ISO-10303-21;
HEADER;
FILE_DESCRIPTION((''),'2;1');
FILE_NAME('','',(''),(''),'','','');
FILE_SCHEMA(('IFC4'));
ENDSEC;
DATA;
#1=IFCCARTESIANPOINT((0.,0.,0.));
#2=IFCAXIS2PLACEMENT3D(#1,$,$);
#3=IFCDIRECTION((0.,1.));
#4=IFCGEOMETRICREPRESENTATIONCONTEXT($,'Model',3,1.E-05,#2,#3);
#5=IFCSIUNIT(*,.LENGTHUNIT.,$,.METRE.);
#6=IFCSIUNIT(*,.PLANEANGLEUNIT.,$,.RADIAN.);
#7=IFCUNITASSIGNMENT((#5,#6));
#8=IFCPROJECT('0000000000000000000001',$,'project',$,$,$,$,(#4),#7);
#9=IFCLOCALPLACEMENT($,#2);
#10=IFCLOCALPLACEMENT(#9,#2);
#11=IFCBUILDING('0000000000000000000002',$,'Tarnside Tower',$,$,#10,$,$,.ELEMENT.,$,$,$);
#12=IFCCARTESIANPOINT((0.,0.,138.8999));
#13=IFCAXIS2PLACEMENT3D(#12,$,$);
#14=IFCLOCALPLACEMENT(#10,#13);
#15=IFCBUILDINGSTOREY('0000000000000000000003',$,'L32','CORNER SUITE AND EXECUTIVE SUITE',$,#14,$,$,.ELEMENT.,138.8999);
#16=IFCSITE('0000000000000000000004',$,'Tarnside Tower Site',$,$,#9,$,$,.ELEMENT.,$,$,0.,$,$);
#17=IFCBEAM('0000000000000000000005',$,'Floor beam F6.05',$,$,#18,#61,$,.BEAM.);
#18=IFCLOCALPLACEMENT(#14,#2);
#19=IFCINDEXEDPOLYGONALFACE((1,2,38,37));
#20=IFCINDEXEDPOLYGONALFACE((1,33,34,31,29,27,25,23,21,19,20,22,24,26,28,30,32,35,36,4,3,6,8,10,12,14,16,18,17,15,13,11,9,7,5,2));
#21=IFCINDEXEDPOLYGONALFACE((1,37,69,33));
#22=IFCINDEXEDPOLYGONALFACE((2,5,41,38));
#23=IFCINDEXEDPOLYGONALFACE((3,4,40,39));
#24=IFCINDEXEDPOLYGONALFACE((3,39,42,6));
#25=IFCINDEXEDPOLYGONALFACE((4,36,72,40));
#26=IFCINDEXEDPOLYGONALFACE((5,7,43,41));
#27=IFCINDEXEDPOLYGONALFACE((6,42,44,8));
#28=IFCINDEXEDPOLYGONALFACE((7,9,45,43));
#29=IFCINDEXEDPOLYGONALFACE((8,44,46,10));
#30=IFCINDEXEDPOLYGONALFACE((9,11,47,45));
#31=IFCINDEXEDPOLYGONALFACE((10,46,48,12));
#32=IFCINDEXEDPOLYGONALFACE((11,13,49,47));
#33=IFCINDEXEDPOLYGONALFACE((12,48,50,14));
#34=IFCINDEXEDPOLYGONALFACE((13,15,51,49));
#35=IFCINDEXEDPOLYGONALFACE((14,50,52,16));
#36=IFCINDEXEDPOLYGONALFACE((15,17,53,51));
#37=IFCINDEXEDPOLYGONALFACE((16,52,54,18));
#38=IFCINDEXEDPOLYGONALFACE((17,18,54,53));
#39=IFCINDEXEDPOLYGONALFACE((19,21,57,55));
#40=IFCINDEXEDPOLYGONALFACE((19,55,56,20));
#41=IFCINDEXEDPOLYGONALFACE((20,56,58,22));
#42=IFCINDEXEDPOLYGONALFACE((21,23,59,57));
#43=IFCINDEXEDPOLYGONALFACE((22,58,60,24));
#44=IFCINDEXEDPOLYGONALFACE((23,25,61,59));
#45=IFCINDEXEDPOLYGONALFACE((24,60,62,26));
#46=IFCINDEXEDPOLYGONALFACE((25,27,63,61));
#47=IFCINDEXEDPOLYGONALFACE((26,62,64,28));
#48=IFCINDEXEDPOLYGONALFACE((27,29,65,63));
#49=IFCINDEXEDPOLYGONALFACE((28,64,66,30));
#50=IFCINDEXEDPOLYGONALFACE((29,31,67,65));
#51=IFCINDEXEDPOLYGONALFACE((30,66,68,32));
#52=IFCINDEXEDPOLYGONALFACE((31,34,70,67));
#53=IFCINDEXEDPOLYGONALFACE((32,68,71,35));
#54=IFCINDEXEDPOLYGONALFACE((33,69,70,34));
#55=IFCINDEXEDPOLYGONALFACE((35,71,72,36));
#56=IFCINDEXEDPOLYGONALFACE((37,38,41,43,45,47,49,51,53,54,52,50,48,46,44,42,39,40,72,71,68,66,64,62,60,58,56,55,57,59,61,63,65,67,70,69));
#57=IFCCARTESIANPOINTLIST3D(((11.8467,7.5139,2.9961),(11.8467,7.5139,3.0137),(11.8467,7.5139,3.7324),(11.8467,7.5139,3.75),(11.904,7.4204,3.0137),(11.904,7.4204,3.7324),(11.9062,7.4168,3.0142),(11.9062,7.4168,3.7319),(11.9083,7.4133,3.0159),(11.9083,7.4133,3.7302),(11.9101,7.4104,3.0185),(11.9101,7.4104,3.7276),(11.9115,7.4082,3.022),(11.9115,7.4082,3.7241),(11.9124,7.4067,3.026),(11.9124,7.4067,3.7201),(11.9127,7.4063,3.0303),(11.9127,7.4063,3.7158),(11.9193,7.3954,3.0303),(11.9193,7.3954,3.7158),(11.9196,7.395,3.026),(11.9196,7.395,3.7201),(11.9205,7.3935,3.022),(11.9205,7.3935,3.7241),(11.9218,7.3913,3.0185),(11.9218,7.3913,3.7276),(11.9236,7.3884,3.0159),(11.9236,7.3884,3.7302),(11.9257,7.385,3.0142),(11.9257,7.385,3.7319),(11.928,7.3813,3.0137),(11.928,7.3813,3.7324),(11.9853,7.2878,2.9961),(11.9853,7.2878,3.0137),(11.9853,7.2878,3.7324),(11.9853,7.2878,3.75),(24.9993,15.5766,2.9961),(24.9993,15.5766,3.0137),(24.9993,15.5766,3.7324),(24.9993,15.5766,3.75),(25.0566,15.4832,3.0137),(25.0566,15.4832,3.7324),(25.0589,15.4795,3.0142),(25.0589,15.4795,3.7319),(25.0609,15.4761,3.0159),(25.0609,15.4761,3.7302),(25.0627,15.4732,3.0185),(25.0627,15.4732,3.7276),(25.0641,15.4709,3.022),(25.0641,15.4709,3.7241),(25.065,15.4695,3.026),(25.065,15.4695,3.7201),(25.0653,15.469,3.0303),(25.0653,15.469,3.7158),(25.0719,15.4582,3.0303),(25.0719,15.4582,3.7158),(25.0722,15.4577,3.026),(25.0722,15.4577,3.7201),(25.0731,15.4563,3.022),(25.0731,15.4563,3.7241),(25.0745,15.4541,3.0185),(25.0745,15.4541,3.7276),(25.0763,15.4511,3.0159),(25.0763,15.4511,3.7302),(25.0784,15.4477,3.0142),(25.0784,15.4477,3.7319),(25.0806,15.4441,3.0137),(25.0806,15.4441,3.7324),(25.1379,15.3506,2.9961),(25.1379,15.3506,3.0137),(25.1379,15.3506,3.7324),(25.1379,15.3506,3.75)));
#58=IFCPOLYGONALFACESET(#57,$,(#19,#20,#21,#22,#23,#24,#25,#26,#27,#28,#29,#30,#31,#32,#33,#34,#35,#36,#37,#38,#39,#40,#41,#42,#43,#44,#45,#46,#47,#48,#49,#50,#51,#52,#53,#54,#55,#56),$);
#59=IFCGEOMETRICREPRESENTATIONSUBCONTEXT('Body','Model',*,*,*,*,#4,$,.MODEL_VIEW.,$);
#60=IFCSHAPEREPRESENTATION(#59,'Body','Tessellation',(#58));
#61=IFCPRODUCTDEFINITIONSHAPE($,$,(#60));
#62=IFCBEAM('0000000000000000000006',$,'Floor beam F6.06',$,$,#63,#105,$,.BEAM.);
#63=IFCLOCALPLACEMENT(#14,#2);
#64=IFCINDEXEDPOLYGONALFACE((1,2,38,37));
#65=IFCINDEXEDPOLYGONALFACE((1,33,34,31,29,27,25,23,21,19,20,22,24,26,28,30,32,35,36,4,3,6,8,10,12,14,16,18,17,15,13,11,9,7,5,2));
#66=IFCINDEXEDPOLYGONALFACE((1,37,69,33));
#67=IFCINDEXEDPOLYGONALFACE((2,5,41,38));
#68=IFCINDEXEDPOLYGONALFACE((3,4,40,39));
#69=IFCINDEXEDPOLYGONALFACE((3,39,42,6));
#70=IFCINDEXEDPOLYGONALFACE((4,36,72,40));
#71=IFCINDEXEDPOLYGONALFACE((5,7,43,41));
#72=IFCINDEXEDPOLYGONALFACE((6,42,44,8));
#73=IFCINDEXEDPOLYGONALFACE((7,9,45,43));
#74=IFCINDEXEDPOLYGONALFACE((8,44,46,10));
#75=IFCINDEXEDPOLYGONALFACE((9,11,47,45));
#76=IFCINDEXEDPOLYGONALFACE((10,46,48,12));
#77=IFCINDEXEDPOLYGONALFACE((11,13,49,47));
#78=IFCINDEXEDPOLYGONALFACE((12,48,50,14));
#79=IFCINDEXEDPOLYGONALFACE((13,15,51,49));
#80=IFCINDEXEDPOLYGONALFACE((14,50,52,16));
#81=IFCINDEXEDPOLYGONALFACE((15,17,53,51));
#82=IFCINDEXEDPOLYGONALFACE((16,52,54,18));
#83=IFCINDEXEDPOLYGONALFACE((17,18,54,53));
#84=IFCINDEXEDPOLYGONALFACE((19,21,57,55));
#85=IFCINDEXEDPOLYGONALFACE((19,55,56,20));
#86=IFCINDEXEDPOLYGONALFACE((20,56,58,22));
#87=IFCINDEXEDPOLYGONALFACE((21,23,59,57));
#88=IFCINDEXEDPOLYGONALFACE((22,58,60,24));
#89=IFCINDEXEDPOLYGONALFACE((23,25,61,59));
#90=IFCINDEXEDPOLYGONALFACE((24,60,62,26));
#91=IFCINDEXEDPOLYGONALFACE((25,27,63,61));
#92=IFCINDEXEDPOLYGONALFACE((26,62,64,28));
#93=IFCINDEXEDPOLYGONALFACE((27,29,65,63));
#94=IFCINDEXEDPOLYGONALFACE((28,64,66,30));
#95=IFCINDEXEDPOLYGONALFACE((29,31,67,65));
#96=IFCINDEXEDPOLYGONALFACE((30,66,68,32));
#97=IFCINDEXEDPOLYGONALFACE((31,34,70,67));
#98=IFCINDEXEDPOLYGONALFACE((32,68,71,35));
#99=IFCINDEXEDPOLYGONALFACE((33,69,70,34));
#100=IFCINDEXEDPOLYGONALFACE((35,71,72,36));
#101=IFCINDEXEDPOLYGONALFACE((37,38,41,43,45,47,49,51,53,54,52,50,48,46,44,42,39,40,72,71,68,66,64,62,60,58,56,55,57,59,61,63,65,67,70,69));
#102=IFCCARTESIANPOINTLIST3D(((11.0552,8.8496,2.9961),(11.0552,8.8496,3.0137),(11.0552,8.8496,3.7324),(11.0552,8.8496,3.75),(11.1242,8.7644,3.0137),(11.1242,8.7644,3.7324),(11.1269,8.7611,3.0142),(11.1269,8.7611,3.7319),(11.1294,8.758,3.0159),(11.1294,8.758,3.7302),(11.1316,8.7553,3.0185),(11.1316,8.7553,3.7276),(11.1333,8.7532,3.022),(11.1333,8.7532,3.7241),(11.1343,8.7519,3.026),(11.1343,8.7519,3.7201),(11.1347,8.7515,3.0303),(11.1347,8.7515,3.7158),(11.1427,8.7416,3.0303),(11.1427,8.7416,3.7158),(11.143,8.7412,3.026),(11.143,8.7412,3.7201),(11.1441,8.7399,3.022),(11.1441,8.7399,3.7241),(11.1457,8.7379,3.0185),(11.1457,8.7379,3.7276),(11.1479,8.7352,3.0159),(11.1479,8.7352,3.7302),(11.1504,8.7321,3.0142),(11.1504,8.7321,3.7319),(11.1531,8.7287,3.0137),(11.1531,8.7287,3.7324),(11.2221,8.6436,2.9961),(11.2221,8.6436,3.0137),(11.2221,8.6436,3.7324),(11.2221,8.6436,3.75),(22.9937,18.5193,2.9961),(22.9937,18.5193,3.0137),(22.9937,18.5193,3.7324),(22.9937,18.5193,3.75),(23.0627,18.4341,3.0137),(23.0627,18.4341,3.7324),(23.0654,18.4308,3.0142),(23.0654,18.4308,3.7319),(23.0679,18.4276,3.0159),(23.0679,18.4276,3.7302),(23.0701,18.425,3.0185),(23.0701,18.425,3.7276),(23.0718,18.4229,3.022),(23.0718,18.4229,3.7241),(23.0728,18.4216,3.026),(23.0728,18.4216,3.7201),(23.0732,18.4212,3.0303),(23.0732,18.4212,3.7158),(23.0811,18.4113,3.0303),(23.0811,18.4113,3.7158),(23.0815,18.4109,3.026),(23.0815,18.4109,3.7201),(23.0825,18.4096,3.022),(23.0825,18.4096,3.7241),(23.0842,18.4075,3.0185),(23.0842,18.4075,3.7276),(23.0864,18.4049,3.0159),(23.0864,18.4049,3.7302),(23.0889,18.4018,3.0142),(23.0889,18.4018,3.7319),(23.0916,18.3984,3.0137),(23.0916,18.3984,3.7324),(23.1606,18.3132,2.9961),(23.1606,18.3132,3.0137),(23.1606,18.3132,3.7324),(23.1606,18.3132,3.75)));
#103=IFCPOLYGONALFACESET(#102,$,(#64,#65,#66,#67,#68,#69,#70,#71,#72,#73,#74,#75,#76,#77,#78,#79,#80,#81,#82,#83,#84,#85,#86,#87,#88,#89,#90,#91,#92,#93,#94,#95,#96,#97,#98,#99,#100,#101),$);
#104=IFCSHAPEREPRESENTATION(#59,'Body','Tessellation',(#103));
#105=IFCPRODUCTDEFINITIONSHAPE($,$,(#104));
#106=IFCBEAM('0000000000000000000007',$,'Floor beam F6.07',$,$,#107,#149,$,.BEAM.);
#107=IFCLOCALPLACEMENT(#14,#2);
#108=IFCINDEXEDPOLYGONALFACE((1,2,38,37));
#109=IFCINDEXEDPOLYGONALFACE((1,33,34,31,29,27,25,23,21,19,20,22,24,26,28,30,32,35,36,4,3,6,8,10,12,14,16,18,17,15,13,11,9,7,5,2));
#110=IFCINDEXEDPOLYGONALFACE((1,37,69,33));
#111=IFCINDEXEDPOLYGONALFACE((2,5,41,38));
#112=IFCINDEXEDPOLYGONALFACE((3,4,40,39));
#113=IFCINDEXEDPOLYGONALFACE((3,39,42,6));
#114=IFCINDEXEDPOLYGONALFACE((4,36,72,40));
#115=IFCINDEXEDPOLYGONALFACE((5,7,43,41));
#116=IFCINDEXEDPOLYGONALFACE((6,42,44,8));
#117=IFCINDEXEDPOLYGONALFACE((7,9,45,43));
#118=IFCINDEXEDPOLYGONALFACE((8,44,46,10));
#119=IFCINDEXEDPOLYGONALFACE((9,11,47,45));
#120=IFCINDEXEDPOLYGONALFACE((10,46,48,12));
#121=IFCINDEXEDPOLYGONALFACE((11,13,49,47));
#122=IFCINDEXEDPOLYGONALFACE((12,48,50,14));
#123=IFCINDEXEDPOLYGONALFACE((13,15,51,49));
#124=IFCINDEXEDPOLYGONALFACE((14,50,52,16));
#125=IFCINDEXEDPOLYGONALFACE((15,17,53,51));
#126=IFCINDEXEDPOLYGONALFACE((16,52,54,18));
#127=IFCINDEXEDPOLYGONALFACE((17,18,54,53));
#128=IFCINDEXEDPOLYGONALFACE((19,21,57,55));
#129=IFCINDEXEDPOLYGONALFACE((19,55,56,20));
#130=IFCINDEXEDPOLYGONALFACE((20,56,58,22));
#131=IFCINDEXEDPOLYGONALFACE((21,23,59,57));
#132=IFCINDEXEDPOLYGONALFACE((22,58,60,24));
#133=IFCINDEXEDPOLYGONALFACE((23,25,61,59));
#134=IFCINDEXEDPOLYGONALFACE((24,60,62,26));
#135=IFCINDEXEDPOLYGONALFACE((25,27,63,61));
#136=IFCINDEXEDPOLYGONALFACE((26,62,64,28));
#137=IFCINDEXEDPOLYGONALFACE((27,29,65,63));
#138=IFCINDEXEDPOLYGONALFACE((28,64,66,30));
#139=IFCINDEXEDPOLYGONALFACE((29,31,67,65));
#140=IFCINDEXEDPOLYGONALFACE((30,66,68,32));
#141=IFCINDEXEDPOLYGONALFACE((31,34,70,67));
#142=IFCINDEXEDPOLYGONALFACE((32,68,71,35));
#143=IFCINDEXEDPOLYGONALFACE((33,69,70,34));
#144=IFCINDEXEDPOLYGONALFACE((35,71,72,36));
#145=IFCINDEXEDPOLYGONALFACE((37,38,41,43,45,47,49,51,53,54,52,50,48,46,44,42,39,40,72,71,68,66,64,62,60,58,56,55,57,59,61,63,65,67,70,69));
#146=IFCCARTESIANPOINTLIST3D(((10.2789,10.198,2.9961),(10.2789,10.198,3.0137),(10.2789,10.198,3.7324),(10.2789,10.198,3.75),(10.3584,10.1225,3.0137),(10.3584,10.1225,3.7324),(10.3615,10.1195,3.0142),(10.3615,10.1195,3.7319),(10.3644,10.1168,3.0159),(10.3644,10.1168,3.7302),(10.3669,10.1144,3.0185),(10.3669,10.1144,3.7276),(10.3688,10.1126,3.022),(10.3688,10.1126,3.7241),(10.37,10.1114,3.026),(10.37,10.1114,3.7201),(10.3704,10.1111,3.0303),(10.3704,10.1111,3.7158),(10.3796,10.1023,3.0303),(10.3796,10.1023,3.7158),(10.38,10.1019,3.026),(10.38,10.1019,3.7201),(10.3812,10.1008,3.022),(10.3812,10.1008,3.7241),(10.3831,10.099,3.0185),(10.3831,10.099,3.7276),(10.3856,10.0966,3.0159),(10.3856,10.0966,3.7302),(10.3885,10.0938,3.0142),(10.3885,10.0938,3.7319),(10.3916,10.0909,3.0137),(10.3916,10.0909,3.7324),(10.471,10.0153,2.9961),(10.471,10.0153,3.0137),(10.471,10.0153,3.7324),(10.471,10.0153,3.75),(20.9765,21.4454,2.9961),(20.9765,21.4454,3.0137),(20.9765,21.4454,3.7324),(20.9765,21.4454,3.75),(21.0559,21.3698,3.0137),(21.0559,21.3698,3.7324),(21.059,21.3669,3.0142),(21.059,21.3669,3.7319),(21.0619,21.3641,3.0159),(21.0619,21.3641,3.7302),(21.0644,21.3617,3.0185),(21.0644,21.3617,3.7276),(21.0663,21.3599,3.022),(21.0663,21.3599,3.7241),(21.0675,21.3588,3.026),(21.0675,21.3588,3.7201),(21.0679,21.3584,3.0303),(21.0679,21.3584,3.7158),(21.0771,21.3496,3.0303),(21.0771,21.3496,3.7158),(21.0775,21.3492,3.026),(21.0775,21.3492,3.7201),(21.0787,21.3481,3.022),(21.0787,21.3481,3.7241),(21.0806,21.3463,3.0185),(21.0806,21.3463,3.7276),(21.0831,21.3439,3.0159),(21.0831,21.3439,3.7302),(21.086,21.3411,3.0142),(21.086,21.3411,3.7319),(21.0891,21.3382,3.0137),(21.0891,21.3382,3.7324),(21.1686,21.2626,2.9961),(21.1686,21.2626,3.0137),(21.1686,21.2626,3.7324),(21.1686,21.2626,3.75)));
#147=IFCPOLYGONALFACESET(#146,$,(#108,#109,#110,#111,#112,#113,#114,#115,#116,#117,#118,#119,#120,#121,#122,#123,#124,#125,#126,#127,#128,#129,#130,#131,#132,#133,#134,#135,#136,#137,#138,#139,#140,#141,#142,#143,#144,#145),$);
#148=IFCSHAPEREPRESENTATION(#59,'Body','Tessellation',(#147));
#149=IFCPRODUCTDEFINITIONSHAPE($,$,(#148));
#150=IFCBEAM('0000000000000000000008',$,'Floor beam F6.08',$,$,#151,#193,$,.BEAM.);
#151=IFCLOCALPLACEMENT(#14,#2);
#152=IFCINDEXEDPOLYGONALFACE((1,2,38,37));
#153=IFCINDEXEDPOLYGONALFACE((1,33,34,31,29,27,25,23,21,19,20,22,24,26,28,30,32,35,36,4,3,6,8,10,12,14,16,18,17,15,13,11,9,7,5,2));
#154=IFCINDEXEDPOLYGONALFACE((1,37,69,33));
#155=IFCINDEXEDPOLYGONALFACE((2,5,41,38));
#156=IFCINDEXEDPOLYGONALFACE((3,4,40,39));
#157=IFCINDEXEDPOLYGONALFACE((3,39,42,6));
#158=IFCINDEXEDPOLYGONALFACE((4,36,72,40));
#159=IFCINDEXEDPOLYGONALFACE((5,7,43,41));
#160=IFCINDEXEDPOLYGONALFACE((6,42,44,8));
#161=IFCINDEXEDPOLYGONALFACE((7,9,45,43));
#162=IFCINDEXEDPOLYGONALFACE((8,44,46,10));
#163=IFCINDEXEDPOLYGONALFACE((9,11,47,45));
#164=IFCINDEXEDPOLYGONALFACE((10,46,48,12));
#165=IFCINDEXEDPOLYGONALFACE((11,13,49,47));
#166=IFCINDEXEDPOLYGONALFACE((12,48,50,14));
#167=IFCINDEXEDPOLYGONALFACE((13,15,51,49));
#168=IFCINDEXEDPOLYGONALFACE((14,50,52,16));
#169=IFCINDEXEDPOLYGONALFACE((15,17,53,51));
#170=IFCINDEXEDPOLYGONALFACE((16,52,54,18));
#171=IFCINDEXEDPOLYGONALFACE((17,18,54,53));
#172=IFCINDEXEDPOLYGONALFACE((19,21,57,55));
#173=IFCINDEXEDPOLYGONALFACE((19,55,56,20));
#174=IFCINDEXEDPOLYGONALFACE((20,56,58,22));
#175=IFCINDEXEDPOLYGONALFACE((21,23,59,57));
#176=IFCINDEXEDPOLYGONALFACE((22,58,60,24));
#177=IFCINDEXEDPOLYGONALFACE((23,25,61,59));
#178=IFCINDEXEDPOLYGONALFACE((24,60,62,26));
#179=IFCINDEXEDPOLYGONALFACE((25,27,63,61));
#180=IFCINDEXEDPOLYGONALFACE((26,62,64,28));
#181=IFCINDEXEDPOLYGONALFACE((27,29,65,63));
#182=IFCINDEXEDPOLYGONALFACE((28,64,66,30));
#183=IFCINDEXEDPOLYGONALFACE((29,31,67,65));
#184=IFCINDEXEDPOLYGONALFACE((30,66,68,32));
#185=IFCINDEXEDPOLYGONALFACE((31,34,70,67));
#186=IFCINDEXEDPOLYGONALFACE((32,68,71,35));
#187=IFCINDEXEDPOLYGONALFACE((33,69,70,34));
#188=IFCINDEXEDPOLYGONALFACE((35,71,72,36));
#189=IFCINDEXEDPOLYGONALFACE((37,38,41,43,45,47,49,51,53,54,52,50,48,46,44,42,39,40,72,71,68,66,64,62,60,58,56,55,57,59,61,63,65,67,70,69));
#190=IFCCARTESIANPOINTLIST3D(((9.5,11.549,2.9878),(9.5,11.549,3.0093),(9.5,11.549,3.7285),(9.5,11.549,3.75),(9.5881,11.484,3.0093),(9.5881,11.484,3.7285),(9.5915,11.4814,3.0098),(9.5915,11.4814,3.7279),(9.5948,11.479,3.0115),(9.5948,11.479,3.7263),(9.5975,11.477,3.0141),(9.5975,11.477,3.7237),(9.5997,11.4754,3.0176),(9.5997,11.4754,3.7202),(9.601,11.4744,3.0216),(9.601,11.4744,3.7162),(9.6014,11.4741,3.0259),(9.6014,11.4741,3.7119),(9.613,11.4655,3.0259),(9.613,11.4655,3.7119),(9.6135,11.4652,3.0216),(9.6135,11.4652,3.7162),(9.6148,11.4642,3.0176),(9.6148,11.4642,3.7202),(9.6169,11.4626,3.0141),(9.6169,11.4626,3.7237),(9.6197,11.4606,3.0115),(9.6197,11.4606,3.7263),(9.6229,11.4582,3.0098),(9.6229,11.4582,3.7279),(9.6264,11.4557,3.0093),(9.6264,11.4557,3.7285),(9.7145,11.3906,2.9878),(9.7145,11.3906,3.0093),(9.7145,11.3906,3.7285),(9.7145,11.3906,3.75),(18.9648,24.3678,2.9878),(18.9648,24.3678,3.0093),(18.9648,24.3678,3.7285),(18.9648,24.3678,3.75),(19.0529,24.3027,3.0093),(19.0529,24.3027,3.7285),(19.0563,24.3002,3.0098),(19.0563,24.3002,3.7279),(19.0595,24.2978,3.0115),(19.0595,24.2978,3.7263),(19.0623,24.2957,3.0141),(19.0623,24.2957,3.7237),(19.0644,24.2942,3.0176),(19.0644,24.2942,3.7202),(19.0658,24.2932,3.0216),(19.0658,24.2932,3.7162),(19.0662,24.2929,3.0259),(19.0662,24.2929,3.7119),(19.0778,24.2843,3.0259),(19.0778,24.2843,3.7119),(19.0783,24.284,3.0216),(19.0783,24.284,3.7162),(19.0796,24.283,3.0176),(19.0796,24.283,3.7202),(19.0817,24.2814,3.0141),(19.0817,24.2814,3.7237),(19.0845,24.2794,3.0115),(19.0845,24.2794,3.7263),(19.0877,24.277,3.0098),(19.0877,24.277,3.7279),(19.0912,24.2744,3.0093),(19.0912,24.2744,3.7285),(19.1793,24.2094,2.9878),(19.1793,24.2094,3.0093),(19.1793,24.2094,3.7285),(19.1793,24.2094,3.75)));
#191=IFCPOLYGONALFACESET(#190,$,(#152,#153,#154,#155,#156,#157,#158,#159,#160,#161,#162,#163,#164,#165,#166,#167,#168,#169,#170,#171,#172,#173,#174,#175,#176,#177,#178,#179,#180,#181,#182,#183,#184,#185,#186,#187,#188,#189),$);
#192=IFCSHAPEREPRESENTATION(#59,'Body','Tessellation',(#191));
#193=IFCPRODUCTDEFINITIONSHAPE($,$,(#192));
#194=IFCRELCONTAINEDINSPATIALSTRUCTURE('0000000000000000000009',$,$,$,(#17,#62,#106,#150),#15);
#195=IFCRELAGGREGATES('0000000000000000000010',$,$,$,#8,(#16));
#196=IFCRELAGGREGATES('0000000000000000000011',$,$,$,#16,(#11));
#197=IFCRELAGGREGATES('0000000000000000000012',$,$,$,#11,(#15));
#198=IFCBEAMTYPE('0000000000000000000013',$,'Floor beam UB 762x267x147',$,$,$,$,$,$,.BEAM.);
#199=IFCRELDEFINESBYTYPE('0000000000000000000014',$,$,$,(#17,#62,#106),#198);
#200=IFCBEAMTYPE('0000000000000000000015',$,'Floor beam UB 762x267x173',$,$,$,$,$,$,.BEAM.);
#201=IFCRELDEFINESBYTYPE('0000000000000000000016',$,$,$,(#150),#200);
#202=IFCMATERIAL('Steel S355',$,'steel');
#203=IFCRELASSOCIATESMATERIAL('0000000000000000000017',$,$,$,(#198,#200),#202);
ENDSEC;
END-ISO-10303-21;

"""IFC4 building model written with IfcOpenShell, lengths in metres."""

from ifc_helpers import new_model, si_unit, direction, frame, origin, origin_2d, place, context, subcontext, project, spatial, i_section, extrude, material, material_profile, profile_set, type_object, element, save


model = new_model("IFC4")

# Units and contexts
model_context = context("Model", 3, precision=1e-05, world=origin(), true_north=direction((0.0, 1.0)))
body_context = subcontext(model_context, "Body", "Model", "MODEL_VIEW")
ifc_project = project(units=[si_unit("LENGTHUNIT", "METRE"), si_unit("PLANEANGLEUNIT", "RADIAN")], contexts=[model_context])

# Site, building, storey
site_placement = place(None, origin())
site = spatial("IfcSite", under=ifc_project, at=site_placement, Name="Tarnside Tower Site", CompositionType="ELEMENT", RefElevation=0.0)
building_placement = place(site_placement, origin())
building = spatial("IfcBuilding", under=site, at=building_placement, Name="Tarnside Tower", CompositionType="ELEMENT")
storey_placement = place(building_placement, frame((0.0, 0.0, 138.8999)))
storey = spatial("IfcBuildingStorey", under=building, at=storey_placement, Name="L32", Description="CORNER SUITE AND EXECUTIVE SUITE", CompositionType="ELEMENT", Elevation=138.8999)

# Beams
ifc_material_1 = material(Name="Steel S355", Category="steel")
ifc_material_profile_1 = material_profile(ifc_material_1, i_section(OverallWidth=0.2651, OverallDepth=0.7539, WebThickness=0.0127, FlangeThickness=0.0176, FilletRadius=0.0166, at=origin_2d()), Name="UB 762x267x147")
ifc_profile_set_1 = profile_set([ifc_material_profile_1], Name="Steel S355")
beam_type_1 = type_object("IfcBeamType", Name="Floor beam UB 762x267x147", PredefinedType="BEAM", material=ifc_profile_set_1)
beam_1_placement = place(storey_placement, frame((25.0686, 15.4636, 3.373), z_axis=(-0.852558, -0.522632, 0.0), x_axis=(0.522632, -0.852558, 0.0)))
element("IfcBeam", 1, at=beam_1_placement, inside=storey, type_object=beam_type_1, Name="Floor beam F6.05", PredefinedType="BEAM", context=body_context, shape_type="SweptSolid", body=[
    extrude(i_section(OverallWidth=0.2651, OverallDepth=0.7539, WebThickness=0.0127, FlangeThickness=0.0176, FilletRadius=0.0166, at=origin_2d()), origin(), (0.0, 0.0, 1.0), 15.4272),
])
beam_2_placement = place(storey_placement, frame((23.0771, 18.4163, 3.373), z_axis=(-0.777079, -0.629403, 0.0), x_axis=(0.629403, -0.777079, 0.0)))
element("IfcBeam", 2, at=beam_2_placement, inside=storey, type_object=beam_type_1, Name="Floor beam F6.06", PredefinedType="BEAM", context=body_context, shape_type="SweptSolid", body=[
    extrude(i_section(OverallWidth=0.2651, OverallDepth=0.7539, WebThickness=0.0127, FlangeThickness=0.0176, FilletRadius=0.0166, at=origin_2d()), origin(), (0.0, 0.0, 1.0), 15.3633),
])
beam_3_placement = place(storey_placement, frame((21.0725, 21.354, 3.373), z_axis=(-0.689175, -0.724595, 0.0), x_axis=(0.724595, -0.689175, 0.0)))
element("IfcBeam", 3, at=beam_3_placement, inside=storey, type_object=beam_type_1, Name="Floor beam F6.07", PredefinedType="BEAM", context=body_context, shape_type="SweptSolid", body=[
    extrude(i_section(OverallWidth=0.2651, OverallDepth=0.7539, WebThickness=0.0127, FlangeThickness=0.0176, FilletRadius=0.0166, at=origin_2d()), origin(), (0.0, 0.0, 1.0), 15.5222),
])
ifc_material_profile_2 = material_profile(ifc_material_1, i_section(OverallWidth=0.2666, OverallDepth=0.7622, WebThickness=0.0144, FlangeThickness=0.0215, FilletRadius=0.0166, at=origin_2d()), Name="UB 762x267x173")
ifc_profile_set_2 = profile_set([ifc_material_profile_2], Name="Steel S355")
beam_type_2 = type_object("IfcBeamType", Name="Floor beam UB 762x267x173", PredefinedType="BEAM", material=ifc_profile_set_2)
beam_4_placement = place(storey_placement, frame((19.072, 24.2886, 3.3689), z_axis=(-0.593987, -0.804475, 0.0), x_axis=(0.804475, -0.593987, 0.0)))
element("IfcBeam", 4, at=beam_4_placement, inside=storey, type_object=beam_type_2, Name="Floor beam F6.08", PredefinedType="BEAM", context=body_context, shape_type="SweptSolid", body=[
    extrude(i_section(OverallWidth=0.2666, OverallDepth=0.7622, WebThickness=0.0144, FlangeThickness=0.0215, FilletRadius=0.0166, at=origin_2d()), origin(), (0.0, 0.0, 1.0), 15.9343),
])

save(model, "model.ifc")
